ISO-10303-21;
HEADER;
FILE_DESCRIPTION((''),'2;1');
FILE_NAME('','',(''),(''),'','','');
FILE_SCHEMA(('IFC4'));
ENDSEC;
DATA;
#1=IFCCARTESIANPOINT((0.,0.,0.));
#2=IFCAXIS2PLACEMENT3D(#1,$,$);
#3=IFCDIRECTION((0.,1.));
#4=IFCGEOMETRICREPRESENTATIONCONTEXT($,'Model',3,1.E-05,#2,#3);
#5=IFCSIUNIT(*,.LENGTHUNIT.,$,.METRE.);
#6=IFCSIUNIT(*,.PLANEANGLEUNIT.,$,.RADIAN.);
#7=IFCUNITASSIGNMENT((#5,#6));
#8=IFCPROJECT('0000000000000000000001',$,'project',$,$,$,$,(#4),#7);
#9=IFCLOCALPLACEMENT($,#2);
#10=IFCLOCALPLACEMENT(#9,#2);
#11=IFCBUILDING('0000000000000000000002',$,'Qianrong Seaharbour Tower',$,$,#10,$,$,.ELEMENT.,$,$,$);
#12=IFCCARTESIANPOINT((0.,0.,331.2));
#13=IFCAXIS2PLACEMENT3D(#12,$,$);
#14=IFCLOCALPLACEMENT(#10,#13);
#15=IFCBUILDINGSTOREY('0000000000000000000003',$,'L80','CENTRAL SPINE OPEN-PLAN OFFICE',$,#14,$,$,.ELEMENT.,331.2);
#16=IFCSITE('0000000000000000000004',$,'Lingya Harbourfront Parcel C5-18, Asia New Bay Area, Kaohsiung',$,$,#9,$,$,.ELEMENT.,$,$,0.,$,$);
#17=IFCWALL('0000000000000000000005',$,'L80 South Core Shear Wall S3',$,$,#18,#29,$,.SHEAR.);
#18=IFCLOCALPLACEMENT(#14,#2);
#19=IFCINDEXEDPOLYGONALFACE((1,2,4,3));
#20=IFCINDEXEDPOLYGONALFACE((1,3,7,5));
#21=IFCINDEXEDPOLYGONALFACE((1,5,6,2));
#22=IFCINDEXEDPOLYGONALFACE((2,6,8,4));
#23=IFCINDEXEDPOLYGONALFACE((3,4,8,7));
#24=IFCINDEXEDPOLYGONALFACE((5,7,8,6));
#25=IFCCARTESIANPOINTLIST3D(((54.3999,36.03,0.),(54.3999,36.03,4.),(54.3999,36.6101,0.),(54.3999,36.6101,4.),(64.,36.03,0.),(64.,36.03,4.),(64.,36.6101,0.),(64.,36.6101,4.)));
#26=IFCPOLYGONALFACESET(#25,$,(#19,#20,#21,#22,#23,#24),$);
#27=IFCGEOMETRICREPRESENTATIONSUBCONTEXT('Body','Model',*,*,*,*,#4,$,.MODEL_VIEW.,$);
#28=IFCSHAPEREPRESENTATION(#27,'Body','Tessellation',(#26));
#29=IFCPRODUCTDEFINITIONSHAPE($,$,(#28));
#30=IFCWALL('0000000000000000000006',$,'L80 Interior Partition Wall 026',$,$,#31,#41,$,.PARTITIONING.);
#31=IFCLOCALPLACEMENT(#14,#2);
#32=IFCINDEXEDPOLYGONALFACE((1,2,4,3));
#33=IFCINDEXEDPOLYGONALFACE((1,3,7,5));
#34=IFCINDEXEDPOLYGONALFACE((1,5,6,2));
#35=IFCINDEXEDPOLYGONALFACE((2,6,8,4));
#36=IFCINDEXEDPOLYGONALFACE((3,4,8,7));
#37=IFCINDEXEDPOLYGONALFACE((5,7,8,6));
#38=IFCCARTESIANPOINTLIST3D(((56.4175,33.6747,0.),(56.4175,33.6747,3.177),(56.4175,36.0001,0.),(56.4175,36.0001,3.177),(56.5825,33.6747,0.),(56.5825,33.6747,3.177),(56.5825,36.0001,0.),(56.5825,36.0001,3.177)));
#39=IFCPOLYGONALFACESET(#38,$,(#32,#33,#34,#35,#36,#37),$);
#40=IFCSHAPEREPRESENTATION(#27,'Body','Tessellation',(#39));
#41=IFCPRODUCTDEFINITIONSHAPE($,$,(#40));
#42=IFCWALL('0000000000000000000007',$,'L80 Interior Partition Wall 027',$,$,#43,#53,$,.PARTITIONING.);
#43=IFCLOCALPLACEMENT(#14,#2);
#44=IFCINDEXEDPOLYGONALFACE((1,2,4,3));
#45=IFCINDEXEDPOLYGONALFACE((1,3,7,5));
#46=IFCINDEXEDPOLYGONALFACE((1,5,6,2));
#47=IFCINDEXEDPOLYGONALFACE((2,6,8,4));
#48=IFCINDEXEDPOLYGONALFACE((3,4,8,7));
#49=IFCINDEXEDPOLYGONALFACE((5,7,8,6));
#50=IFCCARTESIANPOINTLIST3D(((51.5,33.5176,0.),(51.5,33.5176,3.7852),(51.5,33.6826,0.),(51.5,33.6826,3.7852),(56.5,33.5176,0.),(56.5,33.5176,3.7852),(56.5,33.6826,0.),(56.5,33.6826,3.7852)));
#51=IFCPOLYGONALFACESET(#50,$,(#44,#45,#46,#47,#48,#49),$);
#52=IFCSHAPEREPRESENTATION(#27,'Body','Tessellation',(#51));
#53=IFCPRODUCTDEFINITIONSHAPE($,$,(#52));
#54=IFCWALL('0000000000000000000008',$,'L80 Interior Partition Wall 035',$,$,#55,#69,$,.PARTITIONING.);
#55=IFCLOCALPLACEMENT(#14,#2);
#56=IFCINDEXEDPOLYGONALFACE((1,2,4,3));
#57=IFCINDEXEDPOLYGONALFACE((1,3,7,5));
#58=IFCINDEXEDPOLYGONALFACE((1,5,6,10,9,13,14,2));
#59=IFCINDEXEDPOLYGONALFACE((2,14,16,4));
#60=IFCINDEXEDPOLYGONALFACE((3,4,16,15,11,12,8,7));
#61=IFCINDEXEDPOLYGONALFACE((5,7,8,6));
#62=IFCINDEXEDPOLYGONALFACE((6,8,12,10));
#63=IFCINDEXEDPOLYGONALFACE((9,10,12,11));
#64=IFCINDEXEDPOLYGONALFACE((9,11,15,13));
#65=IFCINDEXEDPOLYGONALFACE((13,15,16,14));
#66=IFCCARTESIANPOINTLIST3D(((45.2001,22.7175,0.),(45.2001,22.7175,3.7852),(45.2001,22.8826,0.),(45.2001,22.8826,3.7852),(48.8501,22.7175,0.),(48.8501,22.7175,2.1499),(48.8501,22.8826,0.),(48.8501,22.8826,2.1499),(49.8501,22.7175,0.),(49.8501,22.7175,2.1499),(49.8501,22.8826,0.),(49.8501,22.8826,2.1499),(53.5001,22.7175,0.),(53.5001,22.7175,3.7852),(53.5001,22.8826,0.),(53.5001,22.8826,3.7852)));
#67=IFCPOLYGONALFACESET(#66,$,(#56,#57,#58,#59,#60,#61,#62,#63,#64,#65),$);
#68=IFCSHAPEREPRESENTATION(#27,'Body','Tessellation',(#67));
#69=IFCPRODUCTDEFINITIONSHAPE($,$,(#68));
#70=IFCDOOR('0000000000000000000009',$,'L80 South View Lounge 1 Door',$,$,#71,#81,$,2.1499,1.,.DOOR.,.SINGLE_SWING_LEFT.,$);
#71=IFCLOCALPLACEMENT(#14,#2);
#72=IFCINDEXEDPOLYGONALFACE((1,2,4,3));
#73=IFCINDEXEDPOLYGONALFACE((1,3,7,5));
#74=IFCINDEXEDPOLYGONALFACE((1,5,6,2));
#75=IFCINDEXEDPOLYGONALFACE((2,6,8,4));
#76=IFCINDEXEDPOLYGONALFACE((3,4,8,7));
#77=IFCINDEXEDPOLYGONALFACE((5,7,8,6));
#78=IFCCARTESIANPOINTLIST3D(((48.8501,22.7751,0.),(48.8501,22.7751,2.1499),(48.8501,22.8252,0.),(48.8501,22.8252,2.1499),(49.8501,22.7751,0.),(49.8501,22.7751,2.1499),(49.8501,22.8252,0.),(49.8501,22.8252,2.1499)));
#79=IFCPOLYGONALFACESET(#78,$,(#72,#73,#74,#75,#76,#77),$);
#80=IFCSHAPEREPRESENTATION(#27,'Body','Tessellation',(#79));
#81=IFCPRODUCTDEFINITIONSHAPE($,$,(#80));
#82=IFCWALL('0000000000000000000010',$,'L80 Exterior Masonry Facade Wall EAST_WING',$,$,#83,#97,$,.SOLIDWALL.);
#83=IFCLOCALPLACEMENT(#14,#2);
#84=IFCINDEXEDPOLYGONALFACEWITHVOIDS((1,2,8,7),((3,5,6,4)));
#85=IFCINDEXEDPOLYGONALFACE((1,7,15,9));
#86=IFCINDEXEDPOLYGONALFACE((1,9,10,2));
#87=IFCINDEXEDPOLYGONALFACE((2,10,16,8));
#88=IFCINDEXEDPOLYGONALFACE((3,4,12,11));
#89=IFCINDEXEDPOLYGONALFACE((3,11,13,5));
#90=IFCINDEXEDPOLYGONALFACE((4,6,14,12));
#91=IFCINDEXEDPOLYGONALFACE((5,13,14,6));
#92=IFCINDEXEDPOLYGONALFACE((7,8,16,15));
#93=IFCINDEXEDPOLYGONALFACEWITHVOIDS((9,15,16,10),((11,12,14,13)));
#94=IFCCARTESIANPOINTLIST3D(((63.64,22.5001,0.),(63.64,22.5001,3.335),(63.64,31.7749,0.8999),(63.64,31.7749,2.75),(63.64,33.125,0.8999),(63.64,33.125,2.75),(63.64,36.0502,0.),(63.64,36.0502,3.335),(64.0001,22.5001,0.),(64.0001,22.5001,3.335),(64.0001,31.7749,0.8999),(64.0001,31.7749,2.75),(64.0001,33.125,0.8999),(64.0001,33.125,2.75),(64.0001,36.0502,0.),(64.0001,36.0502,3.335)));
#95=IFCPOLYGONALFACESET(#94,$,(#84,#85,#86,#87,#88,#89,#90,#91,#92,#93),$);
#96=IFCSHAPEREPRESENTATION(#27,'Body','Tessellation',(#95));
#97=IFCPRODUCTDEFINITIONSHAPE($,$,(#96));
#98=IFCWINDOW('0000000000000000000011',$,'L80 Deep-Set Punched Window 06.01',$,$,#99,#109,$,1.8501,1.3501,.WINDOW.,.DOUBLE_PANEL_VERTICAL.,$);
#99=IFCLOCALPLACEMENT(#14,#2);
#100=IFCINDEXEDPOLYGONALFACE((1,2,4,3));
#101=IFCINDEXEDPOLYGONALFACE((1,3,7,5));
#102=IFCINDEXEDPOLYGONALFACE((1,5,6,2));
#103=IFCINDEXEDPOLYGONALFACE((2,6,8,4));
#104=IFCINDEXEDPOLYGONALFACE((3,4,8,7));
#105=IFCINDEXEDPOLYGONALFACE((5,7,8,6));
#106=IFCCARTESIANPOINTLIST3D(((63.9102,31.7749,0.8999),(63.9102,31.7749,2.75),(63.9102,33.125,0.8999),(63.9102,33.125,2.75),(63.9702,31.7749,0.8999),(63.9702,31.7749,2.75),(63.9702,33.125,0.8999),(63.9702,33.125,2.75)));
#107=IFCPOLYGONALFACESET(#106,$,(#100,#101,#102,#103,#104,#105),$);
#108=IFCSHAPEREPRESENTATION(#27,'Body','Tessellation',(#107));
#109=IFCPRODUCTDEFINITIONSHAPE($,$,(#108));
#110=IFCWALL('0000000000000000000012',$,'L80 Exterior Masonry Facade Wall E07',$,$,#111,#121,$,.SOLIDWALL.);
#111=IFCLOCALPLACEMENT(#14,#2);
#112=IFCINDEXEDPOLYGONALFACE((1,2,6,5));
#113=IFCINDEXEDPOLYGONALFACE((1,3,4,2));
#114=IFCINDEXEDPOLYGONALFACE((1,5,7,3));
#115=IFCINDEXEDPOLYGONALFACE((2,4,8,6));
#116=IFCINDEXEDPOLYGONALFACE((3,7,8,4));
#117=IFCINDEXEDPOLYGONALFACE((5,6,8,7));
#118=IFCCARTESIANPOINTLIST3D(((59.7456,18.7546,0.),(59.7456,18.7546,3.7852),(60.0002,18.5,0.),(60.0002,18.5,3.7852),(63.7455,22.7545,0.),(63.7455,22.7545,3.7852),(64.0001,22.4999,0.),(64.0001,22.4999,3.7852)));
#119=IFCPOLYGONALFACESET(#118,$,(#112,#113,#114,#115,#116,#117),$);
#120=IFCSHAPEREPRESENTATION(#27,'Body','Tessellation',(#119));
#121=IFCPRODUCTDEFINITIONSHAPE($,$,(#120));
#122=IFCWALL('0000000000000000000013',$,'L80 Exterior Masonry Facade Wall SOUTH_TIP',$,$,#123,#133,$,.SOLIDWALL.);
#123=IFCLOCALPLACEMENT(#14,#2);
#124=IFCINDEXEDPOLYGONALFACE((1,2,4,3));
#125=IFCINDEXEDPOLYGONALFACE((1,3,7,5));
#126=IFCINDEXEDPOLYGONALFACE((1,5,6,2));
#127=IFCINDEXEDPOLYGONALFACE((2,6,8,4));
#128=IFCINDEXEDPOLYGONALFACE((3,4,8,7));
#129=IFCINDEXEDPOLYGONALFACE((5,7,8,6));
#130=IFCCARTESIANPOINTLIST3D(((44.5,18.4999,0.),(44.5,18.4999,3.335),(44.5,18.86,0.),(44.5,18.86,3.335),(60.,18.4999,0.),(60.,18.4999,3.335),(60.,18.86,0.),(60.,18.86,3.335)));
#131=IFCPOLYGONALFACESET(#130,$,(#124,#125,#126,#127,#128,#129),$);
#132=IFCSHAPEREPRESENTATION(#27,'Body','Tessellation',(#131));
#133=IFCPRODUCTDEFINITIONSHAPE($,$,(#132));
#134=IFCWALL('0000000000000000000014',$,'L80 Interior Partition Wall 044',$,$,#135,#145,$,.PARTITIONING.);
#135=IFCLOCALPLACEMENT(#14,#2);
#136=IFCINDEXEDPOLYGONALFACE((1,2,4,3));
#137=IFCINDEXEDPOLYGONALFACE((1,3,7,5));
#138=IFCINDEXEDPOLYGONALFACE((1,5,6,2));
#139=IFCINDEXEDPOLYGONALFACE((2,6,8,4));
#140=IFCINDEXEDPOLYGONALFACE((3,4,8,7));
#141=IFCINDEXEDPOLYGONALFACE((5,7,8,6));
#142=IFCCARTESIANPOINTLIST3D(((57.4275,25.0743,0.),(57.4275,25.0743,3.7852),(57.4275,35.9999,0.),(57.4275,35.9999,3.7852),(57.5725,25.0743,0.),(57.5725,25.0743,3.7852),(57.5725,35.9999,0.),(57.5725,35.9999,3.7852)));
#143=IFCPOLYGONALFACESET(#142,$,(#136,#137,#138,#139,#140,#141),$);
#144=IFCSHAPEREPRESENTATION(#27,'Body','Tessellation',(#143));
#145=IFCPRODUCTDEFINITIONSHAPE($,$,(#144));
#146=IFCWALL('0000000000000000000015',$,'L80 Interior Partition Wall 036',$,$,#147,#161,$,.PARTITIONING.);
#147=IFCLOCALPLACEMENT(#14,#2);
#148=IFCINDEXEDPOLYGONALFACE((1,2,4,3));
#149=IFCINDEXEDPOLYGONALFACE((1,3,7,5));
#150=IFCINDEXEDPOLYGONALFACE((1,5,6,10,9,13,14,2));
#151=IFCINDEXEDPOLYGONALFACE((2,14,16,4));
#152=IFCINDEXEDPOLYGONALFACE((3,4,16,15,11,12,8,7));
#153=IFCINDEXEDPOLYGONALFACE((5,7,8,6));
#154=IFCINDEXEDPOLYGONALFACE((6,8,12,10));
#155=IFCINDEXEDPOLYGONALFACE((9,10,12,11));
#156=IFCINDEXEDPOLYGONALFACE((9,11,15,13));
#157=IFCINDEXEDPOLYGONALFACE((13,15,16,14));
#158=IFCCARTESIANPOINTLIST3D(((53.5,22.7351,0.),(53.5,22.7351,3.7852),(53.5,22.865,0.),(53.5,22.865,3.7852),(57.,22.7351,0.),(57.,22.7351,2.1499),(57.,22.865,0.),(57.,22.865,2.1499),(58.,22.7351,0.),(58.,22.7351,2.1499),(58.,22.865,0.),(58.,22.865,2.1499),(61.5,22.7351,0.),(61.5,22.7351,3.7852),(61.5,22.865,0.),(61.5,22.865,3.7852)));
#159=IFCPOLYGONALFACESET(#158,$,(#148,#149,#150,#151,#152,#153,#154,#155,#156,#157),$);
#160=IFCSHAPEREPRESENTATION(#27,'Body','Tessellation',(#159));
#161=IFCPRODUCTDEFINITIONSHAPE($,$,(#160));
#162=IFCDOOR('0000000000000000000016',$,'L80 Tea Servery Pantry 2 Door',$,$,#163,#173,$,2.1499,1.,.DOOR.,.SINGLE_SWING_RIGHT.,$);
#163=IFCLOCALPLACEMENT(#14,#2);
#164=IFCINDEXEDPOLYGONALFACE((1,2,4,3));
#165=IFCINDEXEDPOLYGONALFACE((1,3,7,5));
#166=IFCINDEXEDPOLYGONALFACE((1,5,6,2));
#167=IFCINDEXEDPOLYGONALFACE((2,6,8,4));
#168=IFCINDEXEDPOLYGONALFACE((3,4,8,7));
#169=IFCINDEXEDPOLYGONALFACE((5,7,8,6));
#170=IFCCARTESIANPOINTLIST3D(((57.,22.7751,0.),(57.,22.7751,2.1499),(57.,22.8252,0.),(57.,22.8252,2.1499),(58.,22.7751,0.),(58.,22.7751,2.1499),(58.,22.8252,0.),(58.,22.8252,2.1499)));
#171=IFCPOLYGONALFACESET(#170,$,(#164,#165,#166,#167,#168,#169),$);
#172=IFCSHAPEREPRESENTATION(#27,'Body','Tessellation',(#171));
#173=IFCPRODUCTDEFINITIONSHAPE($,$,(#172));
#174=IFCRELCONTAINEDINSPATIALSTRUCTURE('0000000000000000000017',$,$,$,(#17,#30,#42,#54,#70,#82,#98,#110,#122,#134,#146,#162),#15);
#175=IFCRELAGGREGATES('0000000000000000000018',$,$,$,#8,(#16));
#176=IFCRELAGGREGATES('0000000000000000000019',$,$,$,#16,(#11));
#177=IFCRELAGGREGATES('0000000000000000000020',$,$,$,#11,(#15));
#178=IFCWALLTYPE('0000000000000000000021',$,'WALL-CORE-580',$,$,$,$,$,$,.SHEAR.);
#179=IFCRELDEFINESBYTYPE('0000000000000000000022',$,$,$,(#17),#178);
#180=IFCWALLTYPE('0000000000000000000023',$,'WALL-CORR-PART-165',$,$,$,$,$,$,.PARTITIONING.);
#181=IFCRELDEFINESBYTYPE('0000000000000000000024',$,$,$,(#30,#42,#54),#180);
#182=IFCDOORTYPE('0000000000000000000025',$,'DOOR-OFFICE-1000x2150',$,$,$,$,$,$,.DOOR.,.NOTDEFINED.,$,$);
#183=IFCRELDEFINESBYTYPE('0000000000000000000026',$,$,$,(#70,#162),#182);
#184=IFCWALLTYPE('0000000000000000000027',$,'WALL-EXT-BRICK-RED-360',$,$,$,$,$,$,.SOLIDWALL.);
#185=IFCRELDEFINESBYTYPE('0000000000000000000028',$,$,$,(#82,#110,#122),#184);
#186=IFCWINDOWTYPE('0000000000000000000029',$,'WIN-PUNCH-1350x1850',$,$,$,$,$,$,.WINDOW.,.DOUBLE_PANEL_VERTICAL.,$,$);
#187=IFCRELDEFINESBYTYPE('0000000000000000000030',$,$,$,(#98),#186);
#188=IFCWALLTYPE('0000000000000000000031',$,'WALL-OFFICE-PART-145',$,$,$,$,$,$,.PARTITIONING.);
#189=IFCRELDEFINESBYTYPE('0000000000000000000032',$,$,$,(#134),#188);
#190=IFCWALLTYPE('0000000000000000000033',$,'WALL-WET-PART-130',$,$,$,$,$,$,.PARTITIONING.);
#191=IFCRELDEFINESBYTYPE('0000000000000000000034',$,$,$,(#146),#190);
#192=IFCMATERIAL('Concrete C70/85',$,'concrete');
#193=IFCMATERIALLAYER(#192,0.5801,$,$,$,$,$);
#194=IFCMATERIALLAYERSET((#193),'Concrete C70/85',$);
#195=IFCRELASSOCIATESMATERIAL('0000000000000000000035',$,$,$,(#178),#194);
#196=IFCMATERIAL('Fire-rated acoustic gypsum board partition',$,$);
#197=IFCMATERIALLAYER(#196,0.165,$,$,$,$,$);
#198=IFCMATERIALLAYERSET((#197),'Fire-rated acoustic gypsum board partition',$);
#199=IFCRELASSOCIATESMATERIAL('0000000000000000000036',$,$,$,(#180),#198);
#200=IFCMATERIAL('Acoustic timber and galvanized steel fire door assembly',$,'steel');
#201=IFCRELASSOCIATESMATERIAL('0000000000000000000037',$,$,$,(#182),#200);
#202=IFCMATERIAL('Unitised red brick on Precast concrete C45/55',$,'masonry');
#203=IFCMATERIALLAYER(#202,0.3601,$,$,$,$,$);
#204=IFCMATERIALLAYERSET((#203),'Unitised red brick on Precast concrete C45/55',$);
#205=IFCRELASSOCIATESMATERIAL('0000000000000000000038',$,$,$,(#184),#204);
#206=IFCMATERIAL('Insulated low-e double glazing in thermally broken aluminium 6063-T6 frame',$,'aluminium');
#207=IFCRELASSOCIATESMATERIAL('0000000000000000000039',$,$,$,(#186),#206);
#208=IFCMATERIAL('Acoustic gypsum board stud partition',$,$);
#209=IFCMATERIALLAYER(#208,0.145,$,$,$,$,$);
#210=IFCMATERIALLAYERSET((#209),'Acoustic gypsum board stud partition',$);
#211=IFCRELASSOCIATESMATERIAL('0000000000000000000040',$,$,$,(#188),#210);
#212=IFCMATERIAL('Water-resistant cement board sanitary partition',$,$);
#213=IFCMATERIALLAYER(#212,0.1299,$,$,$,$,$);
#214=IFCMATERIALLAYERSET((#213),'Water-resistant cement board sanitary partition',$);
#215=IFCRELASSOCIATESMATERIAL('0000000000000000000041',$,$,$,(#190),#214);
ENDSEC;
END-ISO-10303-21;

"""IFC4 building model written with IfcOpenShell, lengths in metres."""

from ifc_helpers import new_model, si_unit, direction, frame, frame_2d, origin, place, context, subcontext, project, spatial, rectangle, extrude, material, layer, layer_set, type_object, element, fill, save


model = new_model("IFC4")

# Units and contexts
model_context = context("Model", 3, precision=1e-05, world=origin(), true_north=direction((0.0, 1.0)))
body_context = subcontext(model_context, "Body", "Model", "MODEL_VIEW")
ifc_project = project(units=[si_unit("LENGTHUNIT", "METRE"), si_unit("PLANEANGLEUNIT", "RADIAN")], contexts=[model_context])

# Site, building, storey
site_placement = place(None, origin())
site = spatial("IfcSite", under=ifc_project, at=site_placement, Name="Lingya Harbourfront Parcel C5-18, Asia New Bay Area, Kaohsiung", CompositionType="ELEMENT", RefElevation=0.0)
building_placement = place(site_placement, origin())
building = spatial("IfcBuilding", under=site, at=building_placement, Name="Qianrong Seaharbour Tower", CompositionType="ELEMENT")
storey_placement = place(building_placement, frame((0.0, 0.0, 331.2)))
storey = spatial("IfcBuildingStorey", under=building, at=storey_placement, Name="L80", Description="CENTRAL SPINE OPEN-PLAN OFFICE", CompositionType="ELEMENT", Elevation=331.2)

# Walls
ifc_material_1 = material(Name="Concrete C70/85", Category="concrete")
ifc_layer_1 = layer(ifc_material_1, 0.5801)
ifc_layer_set_1 = layer_set([ifc_layer_1], Name="Concrete C70/85")
wall_type_1 = type_object("IfcWallType", Name="WALL-CORE-580", PredefinedType="SHEAR", material=ifc_layer_set_1)
wall_1_placement = place(storey_placement, frame((54.3999, 36.3201, 0.0), z_axis=(0.0, 0.0, 1.0), x_axis=(1.0, 0.0, 0.0)))
element("IfcWall", 1, at=wall_1_placement, inside=storey, type_object=wall_type_1, Name="L80 South Core Shear Wall S3", PredefinedType="SHEAR", context=body_context, shape_type="SweptSolid", body=[
    extrude(rectangle(XDim=9.6001, YDim=0.5801, at=frame_2d((4.8, 0.0))), origin(), (0.0, 0.0, 1.0), 4.0),
])
ifc_material_2 = material(Name="Fire-rated acoustic gypsum board partition")
ifc_layer_2 = layer(ifc_material_2, 0.165)
ifc_layer_set_2 = layer_set([ifc_layer_2], Name="Fire-rated acoustic gypsum board partition")
wall_type_2 = type_object("IfcWallType", Name="WALL-CORR-PART-165", PredefinedType="PARTITIONING", material=ifc_layer_set_2)
wall_2_placement = place(storey_placement, frame((56.5, 36.0, 0.0), z_axis=(0.0, 0.0, 1.0), x_axis=(0.0, -1.0, 0.0)))
element("IfcWall", 2, at=wall_2_placement, inside=storey, type_object=wall_type_2, Name="L80 Interior Partition Wall 026", PredefinedType="PARTITIONING", context=body_context, shape_type="SweptSolid", body=[
    extrude(rectangle(XDim=2.3254, YDim=0.165, at=frame_2d((1.1626, 0.0))), origin(), (0.0, 0.0, 1.0), 3.177),
])
wall_3_placement = place(storey_placement, frame((56.5, 33.6001, 0.0), z_axis=(0.0, 0.0, 1.0), x_axis=(-1.0, 0.0, 0.0)))
element("IfcWall", 3, at=wall_3_placement, inside=storey, type_object=wall_type_2, Name="L80 Interior Partition Wall 027", PredefinedType="PARTITIONING", context=body_context, shape_type="SweptSolid", body=[
    extrude(rectangle(XDim=5.0, YDim=0.165, at=frame_2d((2.5, 0.0))), origin(), (0.0, 0.0, 1.0), 3.7852),
])

# Wall, opening, door
ifc_material_3 = material(Name="Acoustic timber and galvanized steel fire door assembly", Category="steel")
door_type = type_object("IfcDoorType", Name="DOOR-OFFICE-1000x2150", OperationType="NOTDEFINED", PredefinedType="DOOR", material=ifc_material_3)
wall_4_placement = place(storey_placement, frame((53.5, 22.8, 0.0), z_axis=(0.0, 0.0, 1.0), x_axis=(-1.0, 0.0, 0.0)))
wall_4 = element("IfcWall", 4, at=wall_4_placement, inside=storey, type_object=wall_type_2, Name="L80 Interior Partition Wall 035", PredefinedType="PARTITIONING", context=body_context, shape_type="SweptSolid", body=[
    extrude(rectangle(XDim=8.3, YDim=0.165, at=frame_2d((4.1499, 0.0))), origin(), (0.0, 0.0, 1.0), 3.7852),
])
opening_1_placement = place(wall_4_placement, frame((3.6499, 0.0, 0.0)))
opening_1 = element("IfcOpeningElement", 5, at=opening_1_placement, cuts=wall_4, PredefinedType="OPENING", context=body_context, shape_type="SweptSolid", body=[
    extrude(rectangle(XDim=1.0, YDim=2.1499, at=frame_2d((0.5, 1.075))), frame((0.0, 0.0925, 0.0), z_axis=(0.0, -1.0, 0.0), x_axis=(1.0, 0.0, 0.0)), (0.0, 0.0, 1.0), 0.1851),
])
door_1_placement = place(opening_1_placement, origin())
door_1 = element("IfcDoor", 6, at=door_1_placement, inside=storey, type_object=door_type, Name="L80 South View Lounge 1 Door", OperationType="SINGLE_SWING_LEFT", OverallHeight=2.1499, OverallWidth=1.0, PredefinedType="DOOR", context=body_context, shape_type="SweptSolid", body=[
    extrude(rectangle(XDim=1.0, YDim=2.1499, at=frame_2d((0.5, 1.075))), frame((0.0, 0.0249, 0.0), z_axis=(0.0, -1.0, 0.0), x_axis=(1.0, 0.0, 0.0)), (0.0, 0.0, 1.0), 0.05),
])
fill(opening_1, door_1)

# Wall, opening, window
ifc_material_4 = material(Name="Unitised red brick on Precast concrete C45/55", Category="masonry")
ifc_layer_3 = layer(ifc_material_4, 0.3601)
ifc_layer_set_3 = layer_set([ifc_layer_3], Name="Unitised red brick on Precast concrete C45/55")
wall_type_3 = type_object("IfcWallType", Name="WALL-EXT-BRICK-RED-360", PredefinedType="SOLIDWALL", material=ifc_layer_set_3)
wall_5_placement = place(storey_placement, frame((63.8201, 36.05, 0.0), z_axis=(0.0, 0.0, 1.0), x_axis=(0.0, -1.0, 0.0)))
wall_5 = element("IfcWall", 7, at=wall_5_placement, inside=storey, type_object=wall_type_3, Name="L80 Exterior Masonry Facade Wall EAST_WING", PredefinedType="SOLIDWALL", context=body_context, shape_type="SweptSolid", body=[
    extrude(rectangle(XDim=13.55, YDim=0.3601, at=frame_2d((6.7749, 0.0))), origin(), (0.0, 0.0, 1.0), 3.335),
])
opening_2_placement = place(wall_5_placement, frame((2.925, 0.0, 0.8999)))
opening_2 = element("IfcOpeningElement", 8, at=opening_2_placement, cuts=wall_5, PredefinedType="OPENING", context=body_context, shape_type="SweptSolid", body=[
    extrude(rectangle(XDim=1.3501, YDim=1.8501, at=frame_2d((0.675, 0.925))), frame((0.0, 0.1899, 0.0), z_axis=(0.0, -1.0, 0.0), x_axis=(1.0, 0.0, 0.0)), (0.0, 0.0, 1.0), 0.3801),
])
ifc_material_5 = material(Name="Insulated low-e double glazing in thermally broken aluminium 6063-T6 frame", Category="aluminium")
window_type = type_object("IfcWindowType", Name="WIN-PUNCH-1350x1850", PartitioningType="DOUBLE_PANEL_VERTICAL", PredefinedType="WINDOW", material=ifc_material_5)
window_placement = place(opening_2_placement, origin())
window = element("IfcWindow", 9, at=window_placement, inside=storey, type_object=window_type, Name="L80 Deep-Set Punched Window 06.01", OverallHeight=1.8501, OverallWidth=1.3501, PartitioningType="DOUBLE_PANEL_VERTICAL", PredefinedType="WINDOW", context=body_context, shape_type="SweptSolid", body=[
    extrude(rectangle(XDim=1.3501, YDim=1.8501, at=frame_2d((0.675, 0.925))), frame((0.0, 0.1501, 0.0), z_axis=(0.0, -1.0, 0.0), x_axis=(1.0, 0.0, 0.0)), (0.0, 0.0, 1.0), 0.0601),
])
fill(opening_2, window)

# Walls
wall_6_placement = place(storey_placement, frame((63.8728, 22.6272, 0.0), z_axis=(0.0, 0.0, 1.0), x_axis=(-0.707107, -0.707107, 0.0)))
element("IfcWall", 10, at=wall_6_placement, inside=storey, type_object=wall_type_3, Name="L80 Exterior Masonry Facade Wall E07", PredefinedType="SOLIDWALL", context=body_context, shape_type="SweptSolid", body=[
    extrude(rectangle(XDim=5.6567, YDim=0.3601, at=frame_2d((2.8284, 0.0))), origin(), (0.0, 0.0, 1.0), 3.7852),
])
wall_7_placement = place(storey_placement, frame((60.0, 18.6799, 0.0), z_axis=(0.0, 0.0, 1.0), x_axis=(-1.0, 0.0, 0.0)))
element("IfcWall", 11, at=wall_7_placement, inside=storey, type_object=wall_type_3, Name="L80 Exterior Masonry Facade Wall SOUTH_TIP", PredefinedType="SOLIDWALL", context=body_context, shape_type="SweptSolid", body=[
    extrude(rectangle(XDim=15.5, YDim=0.3601, at=frame_2d((7.75, 0.0))), origin(), (0.0, 0.0, 1.0), 3.335),
])
ifc_material_6 = material(Name="Acoustic gypsum board stud partition")
ifc_layer_4 = layer(ifc_material_6, 0.145)
ifc_layer_set_4 = layer_set([ifc_layer_4], Name="Acoustic gypsum board stud partition")
wall_type_4 = type_object("IfcWallType", Name="WALL-OFFICE-PART-145", PredefinedType="PARTITIONING", material=ifc_layer_set_4)
wall_8_placement = place(storey_placement, frame((57.5, 36.0, 0.0), z_axis=(0.0, 0.0, 1.0), x_axis=(0.0, -1.0, 0.0)))
element("IfcWall", 12, at=wall_8_placement, inside=storey, type_object=wall_type_4, Name="L80 Interior Partition Wall 044", PredefinedType="PARTITIONING", context=body_context, shape_type="SweptSolid", body=[
    extrude(rectangle(XDim=10.9255, YDim=0.145, at=frame_2d((5.4629, 0.0))), origin(), (0.0, 0.0, 1.0), 3.7852),
])

# Wall, opening, door
ifc_material_7 = material(Name="Water-resistant cement board sanitary partition")
ifc_layer_5 = layer(ifc_material_7, 0.1299)
ifc_layer_set_5 = layer_set([ifc_layer_5], Name="Water-resistant cement board sanitary partition")
wall_type_5 = type_object("IfcWallType", Name="WALL-WET-PART-130", PredefinedType="PARTITIONING", material=ifc_layer_set_5)
wall_9_placement = place(storey_placement, frame((61.5, 22.8, 0.0), z_axis=(0.0, 0.0, 1.0), x_axis=(-1.0, 0.0, 0.0)))
wall_9 = element("IfcWall", 13, at=wall_9_placement, inside=storey, type_object=wall_type_5, Name="L80 Interior Partition Wall 036", PredefinedType="PARTITIONING", context=body_context, shape_type="SweptSolid", body=[
    extrude(rectangle(XDim=8.0, YDim=0.1299, at=frame_2d((4.0, 0.0))), origin(), (0.0, 0.0, 1.0), 3.7852),
])
opening_3_placement = place(wall_9_placement, frame((3.5, 0.0, 0.0)))
opening_3 = element("IfcOpeningElement", 14, at=opening_3_placement, cuts=wall_9, PredefinedType="OPENING", context=body_context, shape_type="SweptSolid", body=[
    extrude(rectangle(XDim=1.0, YDim=2.1499, at=frame_2d((0.5, 1.075))), frame((0.0, 0.075, 0.0), z_axis=(0.0, -1.0, 0.0), x_axis=(1.0, 0.0, 0.0)), (0.0, 0.0, 1.0), 0.1499),
])
door_2_placement = place(opening_3_placement, origin())
door_2 = element("IfcDoor", 15, at=door_2_placement, inside=storey, type_object=door_type, Name="L80 Tea Servery Pantry 2 Door", OperationType="SINGLE_SWING_RIGHT", OverallHeight=2.1499, OverallWidth=1.0, PredefinedType="DOOR", context=body_context, shape_type="SweptSolid", body=[
    extrude(rectangle(XDim=1.0, YDim=2.1499, at=frame_2d((0.5, 1.075))), frame((0.0, 0.0249, 0.0), z_axis=(0.0, -1.0, 0.0), x_axis=(1.0, 0.0, 0.0)), (0.0, 0.0, 1.0), 0.05),
])
fill(opening_3, door_2)

save(model, "model.ifc")
